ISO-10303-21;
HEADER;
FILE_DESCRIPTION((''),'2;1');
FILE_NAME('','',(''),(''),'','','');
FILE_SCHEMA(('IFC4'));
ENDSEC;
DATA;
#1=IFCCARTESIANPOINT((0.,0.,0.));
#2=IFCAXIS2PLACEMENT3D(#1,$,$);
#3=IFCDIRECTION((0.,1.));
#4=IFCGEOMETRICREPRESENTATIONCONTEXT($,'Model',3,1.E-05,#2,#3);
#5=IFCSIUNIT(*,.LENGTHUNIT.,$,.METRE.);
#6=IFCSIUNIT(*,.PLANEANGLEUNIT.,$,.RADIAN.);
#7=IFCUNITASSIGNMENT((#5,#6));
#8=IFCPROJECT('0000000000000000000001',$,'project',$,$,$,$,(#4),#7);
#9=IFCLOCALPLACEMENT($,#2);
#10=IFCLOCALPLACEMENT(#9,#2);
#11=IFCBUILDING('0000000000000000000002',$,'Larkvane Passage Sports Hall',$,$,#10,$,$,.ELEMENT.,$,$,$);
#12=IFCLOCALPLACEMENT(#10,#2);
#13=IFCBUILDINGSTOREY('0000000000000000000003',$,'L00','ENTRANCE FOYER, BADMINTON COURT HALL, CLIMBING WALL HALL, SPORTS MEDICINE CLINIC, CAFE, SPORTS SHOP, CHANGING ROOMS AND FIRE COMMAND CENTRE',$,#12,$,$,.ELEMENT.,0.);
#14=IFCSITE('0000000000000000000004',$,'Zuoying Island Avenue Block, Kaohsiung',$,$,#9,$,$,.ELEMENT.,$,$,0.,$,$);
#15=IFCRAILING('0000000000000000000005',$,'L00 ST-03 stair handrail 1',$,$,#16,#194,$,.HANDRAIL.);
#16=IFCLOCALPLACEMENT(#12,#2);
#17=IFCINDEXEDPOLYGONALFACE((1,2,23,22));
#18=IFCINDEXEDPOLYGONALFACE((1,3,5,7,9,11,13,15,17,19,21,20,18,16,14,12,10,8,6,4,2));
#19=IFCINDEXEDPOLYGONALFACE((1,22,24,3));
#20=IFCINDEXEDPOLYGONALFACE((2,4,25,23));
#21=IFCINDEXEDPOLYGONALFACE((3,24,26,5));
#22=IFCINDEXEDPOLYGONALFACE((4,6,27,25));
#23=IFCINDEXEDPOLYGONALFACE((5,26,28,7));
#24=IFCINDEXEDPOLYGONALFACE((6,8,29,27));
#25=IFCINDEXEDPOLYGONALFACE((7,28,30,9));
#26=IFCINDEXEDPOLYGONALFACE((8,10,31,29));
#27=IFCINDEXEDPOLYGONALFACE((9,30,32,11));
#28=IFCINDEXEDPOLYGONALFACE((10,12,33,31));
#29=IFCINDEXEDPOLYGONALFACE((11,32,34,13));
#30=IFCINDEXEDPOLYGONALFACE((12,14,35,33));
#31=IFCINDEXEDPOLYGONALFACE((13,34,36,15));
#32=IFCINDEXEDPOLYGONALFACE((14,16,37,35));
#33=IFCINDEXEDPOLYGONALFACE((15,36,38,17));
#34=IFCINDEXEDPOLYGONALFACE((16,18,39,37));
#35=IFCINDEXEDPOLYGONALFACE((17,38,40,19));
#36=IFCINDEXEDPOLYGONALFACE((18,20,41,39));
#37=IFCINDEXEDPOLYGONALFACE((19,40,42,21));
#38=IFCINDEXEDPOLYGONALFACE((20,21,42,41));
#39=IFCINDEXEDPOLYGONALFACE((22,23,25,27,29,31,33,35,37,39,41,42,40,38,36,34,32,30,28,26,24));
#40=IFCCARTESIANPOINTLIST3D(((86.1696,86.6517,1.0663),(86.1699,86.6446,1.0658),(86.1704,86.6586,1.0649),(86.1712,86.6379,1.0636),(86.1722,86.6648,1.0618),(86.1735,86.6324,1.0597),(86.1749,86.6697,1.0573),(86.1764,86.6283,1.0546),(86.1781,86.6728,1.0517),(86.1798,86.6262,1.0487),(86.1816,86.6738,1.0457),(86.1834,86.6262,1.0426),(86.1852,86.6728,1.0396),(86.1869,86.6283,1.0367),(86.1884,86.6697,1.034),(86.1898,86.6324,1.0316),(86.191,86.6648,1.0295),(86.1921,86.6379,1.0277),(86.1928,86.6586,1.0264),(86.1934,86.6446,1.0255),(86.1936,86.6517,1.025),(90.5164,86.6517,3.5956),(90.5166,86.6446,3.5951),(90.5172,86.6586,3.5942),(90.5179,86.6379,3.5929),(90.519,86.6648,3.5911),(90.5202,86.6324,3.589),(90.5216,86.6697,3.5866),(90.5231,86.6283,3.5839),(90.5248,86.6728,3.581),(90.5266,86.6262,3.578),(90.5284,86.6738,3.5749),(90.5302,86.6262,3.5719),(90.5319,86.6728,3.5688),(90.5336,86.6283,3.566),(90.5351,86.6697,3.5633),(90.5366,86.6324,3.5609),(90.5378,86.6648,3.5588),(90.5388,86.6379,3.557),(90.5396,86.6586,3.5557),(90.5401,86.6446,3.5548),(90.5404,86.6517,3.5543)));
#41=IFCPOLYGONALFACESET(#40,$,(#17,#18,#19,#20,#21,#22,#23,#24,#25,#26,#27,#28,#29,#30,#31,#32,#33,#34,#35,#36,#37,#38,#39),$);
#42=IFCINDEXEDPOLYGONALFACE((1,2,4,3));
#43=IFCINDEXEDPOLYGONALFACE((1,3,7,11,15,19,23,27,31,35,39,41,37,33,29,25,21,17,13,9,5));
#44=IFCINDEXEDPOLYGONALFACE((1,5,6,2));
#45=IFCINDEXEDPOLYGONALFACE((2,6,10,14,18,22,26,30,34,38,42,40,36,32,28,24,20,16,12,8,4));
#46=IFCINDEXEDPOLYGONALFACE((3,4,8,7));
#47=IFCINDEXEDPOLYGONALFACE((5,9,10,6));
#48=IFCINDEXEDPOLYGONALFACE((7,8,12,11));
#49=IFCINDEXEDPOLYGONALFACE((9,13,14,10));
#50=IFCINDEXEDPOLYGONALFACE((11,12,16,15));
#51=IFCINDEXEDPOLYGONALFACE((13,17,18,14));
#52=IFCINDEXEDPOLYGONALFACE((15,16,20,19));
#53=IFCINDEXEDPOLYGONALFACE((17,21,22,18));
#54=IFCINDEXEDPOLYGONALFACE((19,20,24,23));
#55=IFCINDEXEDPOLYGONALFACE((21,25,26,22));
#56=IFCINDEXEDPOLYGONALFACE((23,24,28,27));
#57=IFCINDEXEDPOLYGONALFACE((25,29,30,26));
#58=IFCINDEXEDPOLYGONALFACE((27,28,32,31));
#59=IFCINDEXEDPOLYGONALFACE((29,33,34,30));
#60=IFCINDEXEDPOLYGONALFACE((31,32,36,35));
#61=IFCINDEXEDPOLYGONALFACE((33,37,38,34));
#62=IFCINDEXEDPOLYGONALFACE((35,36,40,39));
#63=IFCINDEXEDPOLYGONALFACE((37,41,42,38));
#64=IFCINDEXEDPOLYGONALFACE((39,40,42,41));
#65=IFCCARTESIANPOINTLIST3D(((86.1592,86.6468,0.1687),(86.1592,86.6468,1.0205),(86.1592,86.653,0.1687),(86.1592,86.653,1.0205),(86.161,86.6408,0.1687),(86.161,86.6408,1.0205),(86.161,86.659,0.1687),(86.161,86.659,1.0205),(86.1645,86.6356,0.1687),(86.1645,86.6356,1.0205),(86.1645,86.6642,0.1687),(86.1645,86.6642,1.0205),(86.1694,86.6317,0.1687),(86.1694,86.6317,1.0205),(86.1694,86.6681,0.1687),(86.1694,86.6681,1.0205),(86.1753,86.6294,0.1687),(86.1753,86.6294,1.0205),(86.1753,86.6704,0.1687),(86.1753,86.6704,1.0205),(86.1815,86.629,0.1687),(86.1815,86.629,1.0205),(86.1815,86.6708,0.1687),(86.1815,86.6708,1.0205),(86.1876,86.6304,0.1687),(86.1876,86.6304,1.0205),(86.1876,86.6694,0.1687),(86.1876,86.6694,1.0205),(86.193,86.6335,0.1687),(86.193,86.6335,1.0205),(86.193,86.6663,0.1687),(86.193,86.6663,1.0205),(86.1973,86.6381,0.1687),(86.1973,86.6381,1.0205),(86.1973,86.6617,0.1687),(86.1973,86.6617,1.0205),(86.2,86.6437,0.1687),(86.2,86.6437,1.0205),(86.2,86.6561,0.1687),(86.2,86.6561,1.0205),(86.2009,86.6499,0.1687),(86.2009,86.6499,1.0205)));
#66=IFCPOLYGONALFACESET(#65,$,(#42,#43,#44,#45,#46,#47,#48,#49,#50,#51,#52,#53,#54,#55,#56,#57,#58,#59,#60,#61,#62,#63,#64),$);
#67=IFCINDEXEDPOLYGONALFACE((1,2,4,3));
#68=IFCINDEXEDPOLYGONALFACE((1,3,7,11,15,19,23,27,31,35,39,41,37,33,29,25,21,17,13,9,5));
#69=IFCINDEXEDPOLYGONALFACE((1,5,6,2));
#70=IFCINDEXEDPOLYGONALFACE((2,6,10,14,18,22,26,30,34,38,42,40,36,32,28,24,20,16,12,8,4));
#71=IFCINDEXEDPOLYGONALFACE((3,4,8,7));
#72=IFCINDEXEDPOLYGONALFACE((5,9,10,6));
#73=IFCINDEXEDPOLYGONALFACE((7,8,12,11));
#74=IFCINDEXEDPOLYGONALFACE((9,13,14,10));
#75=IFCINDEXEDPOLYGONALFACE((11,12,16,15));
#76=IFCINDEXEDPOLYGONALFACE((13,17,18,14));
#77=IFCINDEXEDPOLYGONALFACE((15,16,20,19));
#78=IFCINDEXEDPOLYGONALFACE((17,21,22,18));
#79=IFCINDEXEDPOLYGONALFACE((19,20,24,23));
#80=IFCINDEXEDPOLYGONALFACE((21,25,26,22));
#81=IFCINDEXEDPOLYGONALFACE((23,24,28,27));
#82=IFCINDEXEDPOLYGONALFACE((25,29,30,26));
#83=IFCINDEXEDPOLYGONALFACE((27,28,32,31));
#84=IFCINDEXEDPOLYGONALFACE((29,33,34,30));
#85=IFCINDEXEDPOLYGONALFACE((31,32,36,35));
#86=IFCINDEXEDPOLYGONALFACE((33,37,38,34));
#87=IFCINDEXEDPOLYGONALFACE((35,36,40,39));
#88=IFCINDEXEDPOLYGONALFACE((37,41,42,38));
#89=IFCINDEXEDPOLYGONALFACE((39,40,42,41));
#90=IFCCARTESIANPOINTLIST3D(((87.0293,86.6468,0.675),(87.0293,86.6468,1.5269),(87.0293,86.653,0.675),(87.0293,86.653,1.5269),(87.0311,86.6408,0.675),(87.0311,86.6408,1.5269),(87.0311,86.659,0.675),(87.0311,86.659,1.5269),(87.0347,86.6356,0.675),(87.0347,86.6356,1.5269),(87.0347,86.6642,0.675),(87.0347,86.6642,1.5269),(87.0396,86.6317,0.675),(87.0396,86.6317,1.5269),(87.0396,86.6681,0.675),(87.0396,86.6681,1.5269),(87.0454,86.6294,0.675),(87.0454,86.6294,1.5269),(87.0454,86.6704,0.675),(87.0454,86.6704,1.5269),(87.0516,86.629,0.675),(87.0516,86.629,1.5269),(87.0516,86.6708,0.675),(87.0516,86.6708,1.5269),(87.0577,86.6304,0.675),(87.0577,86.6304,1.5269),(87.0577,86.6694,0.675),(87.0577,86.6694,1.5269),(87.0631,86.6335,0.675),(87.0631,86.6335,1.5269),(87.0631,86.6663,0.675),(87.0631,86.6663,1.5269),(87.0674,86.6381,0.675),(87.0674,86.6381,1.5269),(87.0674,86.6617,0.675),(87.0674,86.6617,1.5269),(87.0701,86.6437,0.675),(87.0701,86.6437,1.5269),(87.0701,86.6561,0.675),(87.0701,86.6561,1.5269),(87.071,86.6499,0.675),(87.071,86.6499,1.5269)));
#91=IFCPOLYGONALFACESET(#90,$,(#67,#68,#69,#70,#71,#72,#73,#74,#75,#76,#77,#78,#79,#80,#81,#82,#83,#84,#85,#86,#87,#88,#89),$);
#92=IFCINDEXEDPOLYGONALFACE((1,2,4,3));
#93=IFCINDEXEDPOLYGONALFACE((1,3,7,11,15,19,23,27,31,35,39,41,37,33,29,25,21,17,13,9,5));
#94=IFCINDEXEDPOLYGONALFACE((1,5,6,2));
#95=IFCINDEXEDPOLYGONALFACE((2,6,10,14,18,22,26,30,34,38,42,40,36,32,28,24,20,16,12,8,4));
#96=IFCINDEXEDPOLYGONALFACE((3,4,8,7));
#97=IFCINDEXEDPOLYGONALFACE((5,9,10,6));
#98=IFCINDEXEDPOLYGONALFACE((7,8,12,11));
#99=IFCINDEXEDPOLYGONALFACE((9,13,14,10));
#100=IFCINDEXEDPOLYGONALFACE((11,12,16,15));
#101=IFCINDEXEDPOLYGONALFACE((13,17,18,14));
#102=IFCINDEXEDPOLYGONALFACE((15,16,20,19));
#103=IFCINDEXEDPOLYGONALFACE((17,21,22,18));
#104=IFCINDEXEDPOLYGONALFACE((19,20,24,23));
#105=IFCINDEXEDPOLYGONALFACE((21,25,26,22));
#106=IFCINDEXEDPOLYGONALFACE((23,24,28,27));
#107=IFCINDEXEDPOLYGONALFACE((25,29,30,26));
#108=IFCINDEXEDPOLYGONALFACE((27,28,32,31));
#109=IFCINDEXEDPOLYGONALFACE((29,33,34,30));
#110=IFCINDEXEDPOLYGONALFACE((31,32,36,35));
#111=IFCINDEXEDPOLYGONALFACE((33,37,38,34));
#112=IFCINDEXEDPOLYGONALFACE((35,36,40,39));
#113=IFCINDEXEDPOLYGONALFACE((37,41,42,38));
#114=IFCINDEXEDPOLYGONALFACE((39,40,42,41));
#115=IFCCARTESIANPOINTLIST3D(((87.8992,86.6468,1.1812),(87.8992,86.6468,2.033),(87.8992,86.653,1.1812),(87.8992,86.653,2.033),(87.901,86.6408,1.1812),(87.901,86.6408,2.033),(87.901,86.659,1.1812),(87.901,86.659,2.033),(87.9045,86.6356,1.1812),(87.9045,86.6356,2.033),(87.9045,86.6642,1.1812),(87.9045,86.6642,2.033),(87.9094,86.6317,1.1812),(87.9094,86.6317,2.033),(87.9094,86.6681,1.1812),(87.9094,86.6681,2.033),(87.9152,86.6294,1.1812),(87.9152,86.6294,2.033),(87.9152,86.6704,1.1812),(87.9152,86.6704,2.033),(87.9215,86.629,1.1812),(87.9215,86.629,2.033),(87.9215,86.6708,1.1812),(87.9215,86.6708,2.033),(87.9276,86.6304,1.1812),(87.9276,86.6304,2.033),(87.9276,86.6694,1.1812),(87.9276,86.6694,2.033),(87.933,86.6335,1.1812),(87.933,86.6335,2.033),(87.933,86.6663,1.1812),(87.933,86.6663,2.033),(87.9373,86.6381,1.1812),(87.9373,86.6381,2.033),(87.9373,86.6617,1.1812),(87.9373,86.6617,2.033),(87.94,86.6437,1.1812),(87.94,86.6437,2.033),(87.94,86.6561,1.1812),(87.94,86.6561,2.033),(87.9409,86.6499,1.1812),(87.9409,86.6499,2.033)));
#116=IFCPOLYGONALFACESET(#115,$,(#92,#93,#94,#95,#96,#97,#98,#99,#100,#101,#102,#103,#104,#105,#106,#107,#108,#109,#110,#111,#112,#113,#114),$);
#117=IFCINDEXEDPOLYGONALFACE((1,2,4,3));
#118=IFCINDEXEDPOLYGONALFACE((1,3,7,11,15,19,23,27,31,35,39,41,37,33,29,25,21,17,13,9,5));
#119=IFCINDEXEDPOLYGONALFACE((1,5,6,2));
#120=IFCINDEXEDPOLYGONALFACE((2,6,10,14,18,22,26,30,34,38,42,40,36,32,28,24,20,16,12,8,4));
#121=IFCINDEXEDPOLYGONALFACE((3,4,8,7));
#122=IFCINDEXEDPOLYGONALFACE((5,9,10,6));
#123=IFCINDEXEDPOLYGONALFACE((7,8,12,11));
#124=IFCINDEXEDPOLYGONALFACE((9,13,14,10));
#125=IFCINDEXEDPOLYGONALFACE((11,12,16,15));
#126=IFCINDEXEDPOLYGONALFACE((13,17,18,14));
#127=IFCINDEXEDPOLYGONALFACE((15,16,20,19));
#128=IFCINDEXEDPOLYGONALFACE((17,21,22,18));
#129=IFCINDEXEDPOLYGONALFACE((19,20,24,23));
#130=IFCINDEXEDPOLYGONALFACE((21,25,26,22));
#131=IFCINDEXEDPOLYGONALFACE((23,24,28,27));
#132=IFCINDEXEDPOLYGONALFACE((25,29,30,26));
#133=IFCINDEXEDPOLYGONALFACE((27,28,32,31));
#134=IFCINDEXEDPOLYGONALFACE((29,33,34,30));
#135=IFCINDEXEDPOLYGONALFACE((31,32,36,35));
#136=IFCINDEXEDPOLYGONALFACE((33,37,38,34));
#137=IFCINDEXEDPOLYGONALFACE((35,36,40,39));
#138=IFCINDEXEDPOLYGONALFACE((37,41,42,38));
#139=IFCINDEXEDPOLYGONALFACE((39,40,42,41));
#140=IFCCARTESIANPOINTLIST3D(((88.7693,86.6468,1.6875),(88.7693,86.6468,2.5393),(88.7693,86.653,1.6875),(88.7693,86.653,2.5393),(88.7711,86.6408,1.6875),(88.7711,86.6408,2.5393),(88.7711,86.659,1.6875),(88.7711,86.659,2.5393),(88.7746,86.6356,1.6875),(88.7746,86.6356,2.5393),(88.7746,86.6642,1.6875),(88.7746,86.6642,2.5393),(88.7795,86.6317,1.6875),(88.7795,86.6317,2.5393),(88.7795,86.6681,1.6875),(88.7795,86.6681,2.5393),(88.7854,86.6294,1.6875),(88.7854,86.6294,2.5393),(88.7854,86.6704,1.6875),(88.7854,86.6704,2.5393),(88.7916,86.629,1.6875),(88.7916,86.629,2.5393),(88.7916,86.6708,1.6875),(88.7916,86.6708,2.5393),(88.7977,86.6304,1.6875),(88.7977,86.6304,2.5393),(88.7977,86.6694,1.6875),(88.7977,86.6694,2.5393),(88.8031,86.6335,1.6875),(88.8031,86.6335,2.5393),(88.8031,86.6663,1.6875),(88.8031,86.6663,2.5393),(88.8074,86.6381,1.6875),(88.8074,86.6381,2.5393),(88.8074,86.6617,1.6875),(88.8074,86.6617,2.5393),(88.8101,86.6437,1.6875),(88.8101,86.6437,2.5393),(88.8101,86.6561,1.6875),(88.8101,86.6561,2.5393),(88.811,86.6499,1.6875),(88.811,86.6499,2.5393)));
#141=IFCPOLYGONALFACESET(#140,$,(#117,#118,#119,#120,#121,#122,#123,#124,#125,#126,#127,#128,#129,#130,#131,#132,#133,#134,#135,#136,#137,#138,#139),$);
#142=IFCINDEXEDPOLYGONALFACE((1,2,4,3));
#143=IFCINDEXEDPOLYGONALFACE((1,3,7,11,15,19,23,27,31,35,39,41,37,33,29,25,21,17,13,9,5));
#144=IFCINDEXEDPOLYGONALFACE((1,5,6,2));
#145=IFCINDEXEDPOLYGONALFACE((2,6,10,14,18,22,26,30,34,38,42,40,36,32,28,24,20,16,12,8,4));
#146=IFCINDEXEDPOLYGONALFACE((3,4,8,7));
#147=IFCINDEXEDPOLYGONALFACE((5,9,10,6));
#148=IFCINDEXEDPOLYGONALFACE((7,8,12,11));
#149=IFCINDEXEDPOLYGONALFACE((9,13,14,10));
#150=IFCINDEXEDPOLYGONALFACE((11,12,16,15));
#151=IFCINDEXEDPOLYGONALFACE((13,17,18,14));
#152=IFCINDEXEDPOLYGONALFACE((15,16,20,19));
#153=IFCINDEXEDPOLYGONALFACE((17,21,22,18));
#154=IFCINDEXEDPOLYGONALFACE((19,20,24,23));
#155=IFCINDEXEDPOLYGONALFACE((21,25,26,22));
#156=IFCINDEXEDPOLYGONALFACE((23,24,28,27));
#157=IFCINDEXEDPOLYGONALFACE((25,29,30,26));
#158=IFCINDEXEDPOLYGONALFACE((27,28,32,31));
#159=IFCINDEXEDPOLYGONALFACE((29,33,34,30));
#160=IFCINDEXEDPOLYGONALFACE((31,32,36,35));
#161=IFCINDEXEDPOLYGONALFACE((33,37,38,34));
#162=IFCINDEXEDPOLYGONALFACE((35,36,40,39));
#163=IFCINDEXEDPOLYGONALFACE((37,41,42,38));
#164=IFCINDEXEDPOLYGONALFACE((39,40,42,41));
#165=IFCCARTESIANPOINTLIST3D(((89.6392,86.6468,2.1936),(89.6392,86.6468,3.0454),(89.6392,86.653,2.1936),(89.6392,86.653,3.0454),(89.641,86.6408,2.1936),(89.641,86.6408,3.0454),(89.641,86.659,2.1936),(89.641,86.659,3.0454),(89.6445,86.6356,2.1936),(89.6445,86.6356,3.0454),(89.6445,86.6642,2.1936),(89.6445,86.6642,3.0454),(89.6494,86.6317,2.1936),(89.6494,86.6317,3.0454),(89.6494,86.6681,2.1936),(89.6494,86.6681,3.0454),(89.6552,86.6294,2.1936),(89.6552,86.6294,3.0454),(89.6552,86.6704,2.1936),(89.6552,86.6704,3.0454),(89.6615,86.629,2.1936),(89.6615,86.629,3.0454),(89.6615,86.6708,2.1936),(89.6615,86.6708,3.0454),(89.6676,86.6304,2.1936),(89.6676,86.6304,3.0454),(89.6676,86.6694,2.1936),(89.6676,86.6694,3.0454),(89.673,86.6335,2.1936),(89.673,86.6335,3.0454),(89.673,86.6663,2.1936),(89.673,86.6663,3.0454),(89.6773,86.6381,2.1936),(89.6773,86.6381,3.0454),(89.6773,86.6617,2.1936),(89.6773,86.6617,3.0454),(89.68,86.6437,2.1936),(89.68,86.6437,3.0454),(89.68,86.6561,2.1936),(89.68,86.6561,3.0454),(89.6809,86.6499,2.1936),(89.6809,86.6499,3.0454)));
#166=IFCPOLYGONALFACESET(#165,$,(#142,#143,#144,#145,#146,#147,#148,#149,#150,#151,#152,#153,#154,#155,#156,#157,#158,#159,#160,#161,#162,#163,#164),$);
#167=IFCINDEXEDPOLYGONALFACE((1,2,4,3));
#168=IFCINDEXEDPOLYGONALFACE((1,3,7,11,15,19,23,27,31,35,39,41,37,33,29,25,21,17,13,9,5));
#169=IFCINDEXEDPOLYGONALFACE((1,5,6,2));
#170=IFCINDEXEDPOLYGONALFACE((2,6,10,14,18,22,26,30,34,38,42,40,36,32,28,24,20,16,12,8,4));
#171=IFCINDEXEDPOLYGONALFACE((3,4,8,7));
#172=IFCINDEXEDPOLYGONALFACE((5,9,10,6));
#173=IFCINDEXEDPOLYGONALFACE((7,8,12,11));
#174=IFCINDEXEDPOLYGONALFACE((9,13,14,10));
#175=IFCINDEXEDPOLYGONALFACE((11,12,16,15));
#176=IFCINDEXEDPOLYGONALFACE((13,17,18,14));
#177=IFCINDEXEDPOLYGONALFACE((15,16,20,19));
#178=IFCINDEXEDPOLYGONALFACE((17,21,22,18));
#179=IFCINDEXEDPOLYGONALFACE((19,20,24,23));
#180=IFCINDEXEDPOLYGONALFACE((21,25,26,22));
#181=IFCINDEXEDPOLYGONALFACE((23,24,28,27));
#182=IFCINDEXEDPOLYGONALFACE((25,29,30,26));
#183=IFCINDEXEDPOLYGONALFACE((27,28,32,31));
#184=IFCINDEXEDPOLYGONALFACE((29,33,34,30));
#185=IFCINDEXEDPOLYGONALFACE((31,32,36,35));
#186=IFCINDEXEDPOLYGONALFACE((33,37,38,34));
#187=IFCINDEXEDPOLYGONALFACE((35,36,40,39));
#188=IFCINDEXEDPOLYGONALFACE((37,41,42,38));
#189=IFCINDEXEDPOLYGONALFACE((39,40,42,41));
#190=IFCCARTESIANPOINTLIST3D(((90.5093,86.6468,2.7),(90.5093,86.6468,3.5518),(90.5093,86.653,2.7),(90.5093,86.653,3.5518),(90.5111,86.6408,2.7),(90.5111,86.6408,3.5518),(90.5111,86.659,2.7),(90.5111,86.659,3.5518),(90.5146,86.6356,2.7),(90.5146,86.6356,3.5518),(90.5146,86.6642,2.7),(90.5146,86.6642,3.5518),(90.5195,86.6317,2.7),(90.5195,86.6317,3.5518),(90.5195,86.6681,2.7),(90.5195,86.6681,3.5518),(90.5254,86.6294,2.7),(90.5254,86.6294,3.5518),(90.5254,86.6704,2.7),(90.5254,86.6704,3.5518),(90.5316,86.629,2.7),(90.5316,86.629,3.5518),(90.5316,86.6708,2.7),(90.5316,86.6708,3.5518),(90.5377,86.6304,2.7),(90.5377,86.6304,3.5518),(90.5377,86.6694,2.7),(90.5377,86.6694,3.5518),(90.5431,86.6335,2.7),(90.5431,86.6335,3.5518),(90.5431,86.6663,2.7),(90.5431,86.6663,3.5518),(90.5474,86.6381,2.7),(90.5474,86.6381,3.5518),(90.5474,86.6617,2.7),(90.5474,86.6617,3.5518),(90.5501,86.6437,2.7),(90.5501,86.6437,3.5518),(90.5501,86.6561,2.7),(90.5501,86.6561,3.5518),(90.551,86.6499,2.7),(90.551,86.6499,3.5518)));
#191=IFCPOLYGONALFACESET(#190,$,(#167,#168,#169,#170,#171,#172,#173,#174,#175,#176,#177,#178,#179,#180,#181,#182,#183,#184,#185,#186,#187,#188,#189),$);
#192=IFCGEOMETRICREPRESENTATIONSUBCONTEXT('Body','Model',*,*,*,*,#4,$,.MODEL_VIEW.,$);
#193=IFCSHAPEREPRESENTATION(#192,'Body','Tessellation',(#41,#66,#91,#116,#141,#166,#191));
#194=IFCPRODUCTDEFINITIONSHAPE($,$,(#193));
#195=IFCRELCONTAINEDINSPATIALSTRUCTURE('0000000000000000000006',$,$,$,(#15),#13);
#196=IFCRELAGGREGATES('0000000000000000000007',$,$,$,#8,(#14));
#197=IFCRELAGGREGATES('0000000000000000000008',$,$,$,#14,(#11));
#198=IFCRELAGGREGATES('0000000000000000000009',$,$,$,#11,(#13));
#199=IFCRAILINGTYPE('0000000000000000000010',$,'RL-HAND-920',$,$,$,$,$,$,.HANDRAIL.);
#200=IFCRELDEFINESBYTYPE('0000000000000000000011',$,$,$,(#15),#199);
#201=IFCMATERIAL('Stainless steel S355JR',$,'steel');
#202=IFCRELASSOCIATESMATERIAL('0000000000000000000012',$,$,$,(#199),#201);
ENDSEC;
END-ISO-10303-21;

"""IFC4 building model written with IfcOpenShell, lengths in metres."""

from ifc_helpers import new_model, si_unit, direction, frame, origin, origin_2d, place, context, subcontext, project, spatial, circle, extrude, material, type_object, element, save


model = new_model("IFC4")

# Units and contexts
model_context = context("Model", 3, precision=1e-05, world=origin(), true_north=direction((0.0, 1.0)))
body_context = subcontext(model_context, "Body", "Model", "MODEL_VIEW")
ifc_project = project(units=[si_unit("LENGTHUNIT", "METRE"), si_unit("PLANEANGLEUNIT", "RADIAN")], contexts=[model_context])

# Site, building, storey
site_placement = place(None, origin())
site = spatial("IfcSite", under=ifc_project, at=site_placement, Name="Zuoying Island Avenue Block, Kaohsiung", CompositionType="ELEMENT", RefElevation=0.0)
building_placement = place(site_placement, origin())
building = spatial("IfcBuilding", under=site, at=building_placement, Name="Larkvane Passage Sports Hall", CompositionType="ELEMENT")
storey_placement = place(building_placement, origin())
storey = spatial("IfcBuildingStorey", under=building, at=storey_placement, Name="L00", Description="ENTRANCE FOYER, BADMINTON COURT HALL, CLIMBING WALL HALL, SPORTS MEDICINE CLINIC, CAFE, SPORTS SHOP, CHANGING ROOMS AND FIRE COMMAND CENTRE", CompositionType="ELEMENT", Elevation=0.0)

# Railing
ifc_material_1 = material(Name="Stainless steel S355JR", Category="steel")
railing_type_1 = type_object("IfcRailingType", Name="RL-HAND-920", PredefinedType="HANDRAIL", material=ifc_material_1)
railing_1_placement = place(storey_placement, frame((86.1799, 86.6499, 0.1687)))
element("IfcRailing", 1, at=railing_1_placement, inside=storey, type_object=railing_type_1, Name="L00 ST-03 stair handrail 1", PredefinedType="HANDRAIL", context=body_context, shape_type="SweptSolid", body=[
    extrude(circle(Radius=0.0239, at=origin_2d()), frame((0.0017, 0.0, 0.877), z_axis=(0.864324, 0.0, 0.502936), x_axis=(0.0, 1.0, 0.0)), (0.0, 0.0, 1.0), 5.0291),
    extrude(circle(Radius=0.021, at=origin_2d()), origin(), (0.0, 0.0, 1.0), 0.8518),
    extrude(circle(Radius=0.021, at=origin_2d()), frame((0.8701, 0.0, 0.5063)), (0.0, 0.0, 1.0), 0.8518),
    extrude(circle(Radius=0.021, at=origin_2d()), frame((1.74, 0.0, 1.0125)), (0.0, 0.0, 1.0), 0.8518),
    extrude(circle(Radius=0.021, at=origin_2d()), frame((2.6101, 0.0, 1.5188)), (0.0, 0.0, 1.0), 0.8518),
    extrude(circle(Radius=0.021, at=origin_2d()), frame((3.48, 0.0, 2.0249)), (0.0, 0.0, 1.0), 0.8518),
    extrude(circle(Radius=0.021, at=origin_2d()), frame((4.3501, 0.0, 2.5312)), (0.0, 0.0, 1.0), 0.8518),
])

save(model, "model.ifc")
